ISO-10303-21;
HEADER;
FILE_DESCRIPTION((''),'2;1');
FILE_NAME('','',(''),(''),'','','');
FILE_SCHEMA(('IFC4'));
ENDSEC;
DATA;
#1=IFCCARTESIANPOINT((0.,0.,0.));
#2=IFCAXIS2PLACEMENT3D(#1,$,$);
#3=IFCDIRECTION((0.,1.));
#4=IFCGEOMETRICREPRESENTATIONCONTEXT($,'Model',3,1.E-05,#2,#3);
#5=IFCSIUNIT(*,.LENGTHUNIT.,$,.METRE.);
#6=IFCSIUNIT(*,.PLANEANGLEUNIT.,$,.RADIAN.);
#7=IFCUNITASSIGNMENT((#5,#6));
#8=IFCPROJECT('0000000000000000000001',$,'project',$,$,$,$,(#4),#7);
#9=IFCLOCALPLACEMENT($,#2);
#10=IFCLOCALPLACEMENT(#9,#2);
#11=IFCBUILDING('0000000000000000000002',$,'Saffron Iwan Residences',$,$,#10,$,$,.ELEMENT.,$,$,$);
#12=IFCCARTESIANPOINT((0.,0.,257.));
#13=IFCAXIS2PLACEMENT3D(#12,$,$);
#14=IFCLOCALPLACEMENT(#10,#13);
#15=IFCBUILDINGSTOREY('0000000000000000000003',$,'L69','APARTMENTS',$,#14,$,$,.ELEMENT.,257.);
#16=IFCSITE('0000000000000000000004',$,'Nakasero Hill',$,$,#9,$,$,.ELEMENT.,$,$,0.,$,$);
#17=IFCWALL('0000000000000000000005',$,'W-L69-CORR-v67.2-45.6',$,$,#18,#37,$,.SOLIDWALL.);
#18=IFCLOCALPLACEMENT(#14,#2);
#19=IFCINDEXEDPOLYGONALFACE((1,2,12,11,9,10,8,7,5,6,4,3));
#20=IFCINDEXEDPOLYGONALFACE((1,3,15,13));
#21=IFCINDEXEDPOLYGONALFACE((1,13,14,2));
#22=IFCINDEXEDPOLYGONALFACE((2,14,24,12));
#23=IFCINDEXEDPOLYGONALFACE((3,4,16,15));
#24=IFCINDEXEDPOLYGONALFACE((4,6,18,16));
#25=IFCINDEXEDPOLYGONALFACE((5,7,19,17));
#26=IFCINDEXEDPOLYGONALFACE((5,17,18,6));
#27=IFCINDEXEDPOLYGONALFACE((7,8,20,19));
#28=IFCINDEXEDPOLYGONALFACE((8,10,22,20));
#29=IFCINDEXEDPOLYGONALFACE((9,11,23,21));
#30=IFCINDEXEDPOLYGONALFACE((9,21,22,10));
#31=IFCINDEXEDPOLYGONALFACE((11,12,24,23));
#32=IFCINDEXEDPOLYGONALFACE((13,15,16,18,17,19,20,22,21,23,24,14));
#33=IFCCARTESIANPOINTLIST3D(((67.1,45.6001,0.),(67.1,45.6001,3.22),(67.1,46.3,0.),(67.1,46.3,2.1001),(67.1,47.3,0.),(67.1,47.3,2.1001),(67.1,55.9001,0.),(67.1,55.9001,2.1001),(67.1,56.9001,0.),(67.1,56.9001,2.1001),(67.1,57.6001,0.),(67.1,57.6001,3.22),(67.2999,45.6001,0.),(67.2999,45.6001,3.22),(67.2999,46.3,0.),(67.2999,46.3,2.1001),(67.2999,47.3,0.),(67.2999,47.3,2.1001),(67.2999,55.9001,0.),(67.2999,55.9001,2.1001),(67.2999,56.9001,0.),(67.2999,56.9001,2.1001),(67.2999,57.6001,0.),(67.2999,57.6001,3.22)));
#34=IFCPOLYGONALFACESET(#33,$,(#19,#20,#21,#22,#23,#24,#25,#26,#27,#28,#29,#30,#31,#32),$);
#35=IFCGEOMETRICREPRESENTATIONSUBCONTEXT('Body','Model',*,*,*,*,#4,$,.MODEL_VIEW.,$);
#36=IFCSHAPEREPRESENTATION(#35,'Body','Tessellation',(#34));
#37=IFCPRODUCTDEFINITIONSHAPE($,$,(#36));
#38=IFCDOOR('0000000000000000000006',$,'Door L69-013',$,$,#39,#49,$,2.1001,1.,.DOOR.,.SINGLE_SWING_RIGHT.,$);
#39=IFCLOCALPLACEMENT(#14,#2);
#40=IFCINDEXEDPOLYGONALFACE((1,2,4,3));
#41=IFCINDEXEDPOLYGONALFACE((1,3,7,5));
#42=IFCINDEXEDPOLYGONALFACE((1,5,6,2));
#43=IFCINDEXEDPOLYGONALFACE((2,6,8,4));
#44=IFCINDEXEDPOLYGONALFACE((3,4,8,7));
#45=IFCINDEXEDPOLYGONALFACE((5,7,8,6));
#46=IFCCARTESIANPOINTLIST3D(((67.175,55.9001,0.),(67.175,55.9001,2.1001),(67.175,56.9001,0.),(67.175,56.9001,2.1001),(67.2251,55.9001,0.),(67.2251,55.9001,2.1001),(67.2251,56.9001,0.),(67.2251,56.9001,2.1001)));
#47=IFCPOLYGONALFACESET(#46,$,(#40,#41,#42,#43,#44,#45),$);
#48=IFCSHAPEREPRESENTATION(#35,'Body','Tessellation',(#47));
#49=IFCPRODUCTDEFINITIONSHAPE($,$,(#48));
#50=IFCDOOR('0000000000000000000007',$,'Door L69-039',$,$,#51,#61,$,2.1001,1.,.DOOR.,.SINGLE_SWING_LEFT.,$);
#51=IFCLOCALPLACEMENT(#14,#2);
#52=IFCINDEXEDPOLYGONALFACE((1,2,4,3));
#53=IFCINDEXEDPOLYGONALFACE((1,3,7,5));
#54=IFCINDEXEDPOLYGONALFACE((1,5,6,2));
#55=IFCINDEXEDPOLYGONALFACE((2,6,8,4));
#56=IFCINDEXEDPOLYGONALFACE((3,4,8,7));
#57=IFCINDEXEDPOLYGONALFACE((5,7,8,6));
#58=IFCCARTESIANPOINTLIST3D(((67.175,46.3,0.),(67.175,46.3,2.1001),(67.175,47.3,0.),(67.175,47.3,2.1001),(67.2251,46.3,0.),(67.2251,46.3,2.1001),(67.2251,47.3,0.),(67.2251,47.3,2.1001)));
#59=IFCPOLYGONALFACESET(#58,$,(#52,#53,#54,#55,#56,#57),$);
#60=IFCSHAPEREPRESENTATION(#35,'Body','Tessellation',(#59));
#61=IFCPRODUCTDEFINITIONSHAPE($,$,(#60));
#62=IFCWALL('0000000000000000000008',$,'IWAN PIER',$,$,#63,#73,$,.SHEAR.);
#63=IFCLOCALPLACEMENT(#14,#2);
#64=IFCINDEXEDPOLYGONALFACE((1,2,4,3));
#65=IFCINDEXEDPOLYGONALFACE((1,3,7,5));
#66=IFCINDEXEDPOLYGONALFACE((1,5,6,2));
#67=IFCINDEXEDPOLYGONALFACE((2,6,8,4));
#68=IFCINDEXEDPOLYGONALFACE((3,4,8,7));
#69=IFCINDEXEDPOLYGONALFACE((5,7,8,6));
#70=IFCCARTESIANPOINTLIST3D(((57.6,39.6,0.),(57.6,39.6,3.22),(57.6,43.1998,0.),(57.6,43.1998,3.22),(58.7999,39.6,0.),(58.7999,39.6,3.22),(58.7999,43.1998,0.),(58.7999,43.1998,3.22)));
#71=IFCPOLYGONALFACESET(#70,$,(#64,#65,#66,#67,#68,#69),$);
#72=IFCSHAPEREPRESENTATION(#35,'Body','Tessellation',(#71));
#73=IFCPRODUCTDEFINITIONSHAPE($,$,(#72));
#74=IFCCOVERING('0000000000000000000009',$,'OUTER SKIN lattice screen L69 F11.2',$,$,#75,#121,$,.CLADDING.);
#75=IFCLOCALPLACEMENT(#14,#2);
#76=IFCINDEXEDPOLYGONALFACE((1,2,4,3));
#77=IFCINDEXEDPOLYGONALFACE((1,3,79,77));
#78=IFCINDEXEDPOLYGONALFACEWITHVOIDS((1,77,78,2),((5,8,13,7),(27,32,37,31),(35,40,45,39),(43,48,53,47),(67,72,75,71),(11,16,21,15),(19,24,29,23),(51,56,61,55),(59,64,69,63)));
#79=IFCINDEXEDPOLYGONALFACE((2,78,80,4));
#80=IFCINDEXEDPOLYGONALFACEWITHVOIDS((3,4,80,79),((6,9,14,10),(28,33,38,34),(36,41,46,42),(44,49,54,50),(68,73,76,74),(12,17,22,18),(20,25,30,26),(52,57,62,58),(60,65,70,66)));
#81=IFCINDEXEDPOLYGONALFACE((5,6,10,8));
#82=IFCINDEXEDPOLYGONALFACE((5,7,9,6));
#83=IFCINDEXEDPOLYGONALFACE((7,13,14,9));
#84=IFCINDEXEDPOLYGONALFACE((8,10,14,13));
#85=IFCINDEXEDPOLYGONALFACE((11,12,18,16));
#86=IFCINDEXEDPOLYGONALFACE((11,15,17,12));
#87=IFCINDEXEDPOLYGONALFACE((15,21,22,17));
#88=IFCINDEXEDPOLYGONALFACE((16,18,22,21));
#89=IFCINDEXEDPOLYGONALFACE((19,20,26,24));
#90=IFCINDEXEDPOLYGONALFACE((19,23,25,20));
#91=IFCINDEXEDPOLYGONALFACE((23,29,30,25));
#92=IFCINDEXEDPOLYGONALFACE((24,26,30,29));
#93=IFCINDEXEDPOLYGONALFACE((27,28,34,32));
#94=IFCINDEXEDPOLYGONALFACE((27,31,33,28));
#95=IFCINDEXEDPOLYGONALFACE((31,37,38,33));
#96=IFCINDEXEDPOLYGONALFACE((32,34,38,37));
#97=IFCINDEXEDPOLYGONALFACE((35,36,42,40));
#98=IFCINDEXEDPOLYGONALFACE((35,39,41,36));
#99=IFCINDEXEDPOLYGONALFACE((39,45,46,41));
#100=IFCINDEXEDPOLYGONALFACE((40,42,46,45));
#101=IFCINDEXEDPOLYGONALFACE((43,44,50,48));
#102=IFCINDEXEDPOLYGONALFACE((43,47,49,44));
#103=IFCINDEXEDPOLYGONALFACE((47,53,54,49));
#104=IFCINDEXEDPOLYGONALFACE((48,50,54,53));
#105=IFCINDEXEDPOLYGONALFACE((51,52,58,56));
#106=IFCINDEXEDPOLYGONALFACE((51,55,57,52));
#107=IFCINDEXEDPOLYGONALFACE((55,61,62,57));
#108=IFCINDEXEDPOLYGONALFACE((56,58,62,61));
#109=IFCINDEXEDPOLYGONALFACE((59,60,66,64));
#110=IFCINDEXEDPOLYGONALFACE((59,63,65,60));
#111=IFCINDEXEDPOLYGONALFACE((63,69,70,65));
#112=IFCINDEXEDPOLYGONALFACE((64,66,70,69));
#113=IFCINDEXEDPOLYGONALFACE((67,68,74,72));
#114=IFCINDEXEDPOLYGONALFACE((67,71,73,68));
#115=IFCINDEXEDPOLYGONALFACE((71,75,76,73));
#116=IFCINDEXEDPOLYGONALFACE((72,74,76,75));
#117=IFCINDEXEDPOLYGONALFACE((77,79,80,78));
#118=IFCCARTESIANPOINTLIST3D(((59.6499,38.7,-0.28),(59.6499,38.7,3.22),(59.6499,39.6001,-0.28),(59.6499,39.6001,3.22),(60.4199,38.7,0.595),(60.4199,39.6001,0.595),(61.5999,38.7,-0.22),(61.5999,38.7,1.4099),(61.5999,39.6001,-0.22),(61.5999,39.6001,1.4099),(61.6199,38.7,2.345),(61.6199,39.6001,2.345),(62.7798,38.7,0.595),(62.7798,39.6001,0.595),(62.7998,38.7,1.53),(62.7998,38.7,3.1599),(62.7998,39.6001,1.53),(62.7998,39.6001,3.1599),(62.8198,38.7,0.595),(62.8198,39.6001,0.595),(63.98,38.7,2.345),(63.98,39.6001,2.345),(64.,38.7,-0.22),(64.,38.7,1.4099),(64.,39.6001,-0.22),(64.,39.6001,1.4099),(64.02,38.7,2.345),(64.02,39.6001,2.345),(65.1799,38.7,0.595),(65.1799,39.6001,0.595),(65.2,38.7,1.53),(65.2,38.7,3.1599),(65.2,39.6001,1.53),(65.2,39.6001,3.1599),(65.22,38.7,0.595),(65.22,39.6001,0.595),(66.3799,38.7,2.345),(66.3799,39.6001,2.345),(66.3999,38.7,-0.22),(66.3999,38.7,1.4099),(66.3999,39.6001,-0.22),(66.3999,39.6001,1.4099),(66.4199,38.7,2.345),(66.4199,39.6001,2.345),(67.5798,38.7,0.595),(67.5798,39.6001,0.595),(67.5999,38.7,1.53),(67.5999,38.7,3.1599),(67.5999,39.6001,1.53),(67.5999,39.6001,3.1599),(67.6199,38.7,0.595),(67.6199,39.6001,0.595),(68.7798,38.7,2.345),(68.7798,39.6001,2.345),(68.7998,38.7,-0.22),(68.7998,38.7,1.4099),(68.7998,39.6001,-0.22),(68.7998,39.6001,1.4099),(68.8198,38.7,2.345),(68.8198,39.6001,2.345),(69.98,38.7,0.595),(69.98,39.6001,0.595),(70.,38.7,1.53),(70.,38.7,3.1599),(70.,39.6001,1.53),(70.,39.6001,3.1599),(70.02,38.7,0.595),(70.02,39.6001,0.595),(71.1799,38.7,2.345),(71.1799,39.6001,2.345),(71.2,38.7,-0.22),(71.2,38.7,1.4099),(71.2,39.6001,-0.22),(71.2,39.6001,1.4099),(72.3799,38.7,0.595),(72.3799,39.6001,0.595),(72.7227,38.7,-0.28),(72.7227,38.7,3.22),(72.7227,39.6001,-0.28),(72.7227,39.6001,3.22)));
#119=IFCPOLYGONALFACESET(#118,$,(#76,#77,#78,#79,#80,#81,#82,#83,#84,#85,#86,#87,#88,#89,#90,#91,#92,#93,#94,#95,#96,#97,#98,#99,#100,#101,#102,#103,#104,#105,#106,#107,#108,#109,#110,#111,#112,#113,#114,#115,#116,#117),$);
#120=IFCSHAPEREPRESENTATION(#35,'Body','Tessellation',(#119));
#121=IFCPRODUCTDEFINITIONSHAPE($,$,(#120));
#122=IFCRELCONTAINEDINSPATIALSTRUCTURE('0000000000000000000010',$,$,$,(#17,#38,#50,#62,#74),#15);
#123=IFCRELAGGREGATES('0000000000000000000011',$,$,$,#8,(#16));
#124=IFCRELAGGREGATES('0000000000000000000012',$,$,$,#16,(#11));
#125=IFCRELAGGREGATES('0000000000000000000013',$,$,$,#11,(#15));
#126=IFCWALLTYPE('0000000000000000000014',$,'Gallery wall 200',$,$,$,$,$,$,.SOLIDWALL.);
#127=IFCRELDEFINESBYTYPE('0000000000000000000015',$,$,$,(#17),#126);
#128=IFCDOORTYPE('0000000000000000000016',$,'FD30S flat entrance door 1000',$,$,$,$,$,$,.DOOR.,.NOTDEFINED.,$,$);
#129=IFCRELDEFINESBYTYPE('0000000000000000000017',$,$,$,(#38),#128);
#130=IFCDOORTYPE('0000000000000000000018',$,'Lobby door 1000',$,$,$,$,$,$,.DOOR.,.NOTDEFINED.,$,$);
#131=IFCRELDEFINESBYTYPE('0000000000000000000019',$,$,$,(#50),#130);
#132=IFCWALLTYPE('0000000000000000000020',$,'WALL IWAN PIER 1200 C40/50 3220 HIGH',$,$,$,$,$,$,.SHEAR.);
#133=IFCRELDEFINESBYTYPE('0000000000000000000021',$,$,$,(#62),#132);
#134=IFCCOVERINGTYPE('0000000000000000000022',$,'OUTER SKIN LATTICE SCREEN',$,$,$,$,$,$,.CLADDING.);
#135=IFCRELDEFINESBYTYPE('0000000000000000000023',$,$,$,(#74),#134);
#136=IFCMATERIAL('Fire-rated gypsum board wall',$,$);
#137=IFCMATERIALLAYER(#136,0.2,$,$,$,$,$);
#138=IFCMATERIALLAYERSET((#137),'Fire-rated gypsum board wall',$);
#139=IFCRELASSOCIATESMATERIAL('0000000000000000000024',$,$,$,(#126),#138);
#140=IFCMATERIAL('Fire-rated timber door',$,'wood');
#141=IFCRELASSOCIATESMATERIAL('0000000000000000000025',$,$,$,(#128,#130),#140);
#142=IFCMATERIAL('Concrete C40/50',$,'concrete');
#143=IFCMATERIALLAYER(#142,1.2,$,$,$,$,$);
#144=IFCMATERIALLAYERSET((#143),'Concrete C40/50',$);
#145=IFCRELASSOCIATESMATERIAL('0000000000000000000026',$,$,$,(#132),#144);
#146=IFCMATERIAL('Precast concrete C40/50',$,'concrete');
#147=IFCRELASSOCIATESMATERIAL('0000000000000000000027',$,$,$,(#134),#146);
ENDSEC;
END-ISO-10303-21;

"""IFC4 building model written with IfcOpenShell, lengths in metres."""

from ifc_helpers import new_model, si_unit, direction, frame, frame_2d, origin, place, context, subcontext, project, spatial, polyline, rectangle, outline, extrude, material, layer, layer_set, type_object, element, fill, save


model = new_model("IFC4")

# Units and contexts
model_context = context("Model", 3, precision=1e-05, world=origin(), true_north=direction((0.0, 1.0)))
body_context = subcontext(model_context, "Body", "Model", "MODEL_VIEW")
ifc_project = project(units=[si_unit("LENGTHUNIT", "METRE"), si_unit("PLANEANGLEUNIT", "RADIAN")], contexts=[model_context])

# Site, building, storey
site_placement = place(None, origin())
site = spatial("IfcSite", under=ifc_project, at=site_placement, Name="Nakasero Hill", CompositionType="ELEMENT", RefElevation=0.0)
building_placement = place(site_placement, origin())
building = spatial("IfcBuilding", under=site, at=building_placement, Name="Saffron Iwan Residences", CompositionType="ELEMENT")
storey_placement = place(building_placement, frame((0.0, 0.0, 257.0)))
storey = spatial("IfcBuildingStorey", under=building, at=storey_placement, Name="L69", Description="APARTMENTS", CompositionType="ELEMENT", Elevation=257.0)

# Shared definitions
ifc_material_1 = material(Name="Concrete C40/50", Category="concrete")

# Shared definitions
ifc_material_2 = material(Name="Fire-rated gypsum board wall")
ifc_layer_1 = layer(ifc_material_2, 0.2)
ifc_layer_set_1 = layer_set([ifc_layer_1], Name="Fire-rated gypsum board wall")
wall_type_1 = type_object("IfcWallType", Name="Gallery wall 200", PredefinedType="SOLIDWALL", material=ifc_layer_set_1)

# Wall, openings, doors
wall_1_placement = place(storey_placement, frame((67.2, 45.6001, 0.0), z_axis=(0.0, 0.0, 1.0), x_axis=(0.0, 1.0, 0.0)))
wall_1 = element("IfcWall", 1, at=wall_1_placement, inside=storey, type_object=wall_type_1, Name="W-L69-CORR-v67.2-45.6", PredefinedType="SOLIDWALL", context=body_context, shape_type="SweptSolid", body=[
    extrude(rectangle(XDim=12.0, YDim=0.2, at=frame_2d((6.0, 0.0))), origin(), (0.0, 0.0, 1.0), 3.22),
])
opening_1_placement = place(wall_1_placement, frame((10.3, 0.0, 0.0)))
opening_1 = element("IfcOpeningElement", 2, at=opening_1_placement, cuts=wall_1, PredefinedType="OPENING", context=body_context, shape_type="SweptSolid", body=[
    extrude(rectangle(XDim=1.0, YDim=2.1001, at=frame_2d((0.5, 1.05))), frame((0.0, 0.1099, 0.0), z_axis=(0.0, -1.0, 0.0), x_axis=(1.0, 0.0, 0.0)), (0.0, 0.0, 1.0), 0.22),
])
opening_2_placement = place(wall_1_placement, frame((0.7, 0.0, 0.0)))
opening_2 = element("IfcOpeningElement", 3, at=opening_2_placement, cuts=wall_1, PredefinedType="OPENING", context=body_context, shape_type="SweptSolid", body=[
    extrude(rectangle(XDim=1.0, YDim=2.1001, at=frame_2d((0.5, 1.05))), frame((0.0, 0.1099, 0.0), z_axis=(0.0, -1.0, 0.0), x_axis=(1.0, 0.0, 0.0)), (0.0, 0.0, 1.0), 0.22),
])
ifc_material_3 = material(Name="Fire-rated timber door", Category="wood")
door_type_1 = type_object("IfcDoorType", Name="FD30S flat entrance door 1000", OperationType="NOTDEFINED", PredefinedType="DOOR", material=ifc_material_3)
door_1_placement = place(opening_1_placement, origin())
door_1 = element("IfcDoor", 4, at=door_1_placement, inside=storey, type_object=door_type_1, Name="Door L69-013", OperationType="SINGLE_SWING_RIGHT", OverallHeight=2.1001, OverallWidth=1.0, PredefinedType="DOOR", context=body_context, shape_type="SweptSolid", body=[
    extrude(rectangle(XDim=1.0, YDim=2.1001, at=frame_2d((0.5, 1.05))), frame((0.0, 0.0249, 0.0), z_axis=(0.0, -1.0, 0.0), x_axis=(1.0, 0.0, 0.0)), (0.0, 0.0, 1.0), 0.05),
])
fill(opening_1, door_1)
door_type_2 = type_object("IfcDoorType", Name="Lobby door 1000", OperationType="NOTDEFINED", PredefinedType="DOOR", material=ifc_material_3)
door_2_placement = place(opening_2_placement, origin())
door_2 = element("IfcDoor", 5, at=door_2_placement, inside=storey, type_object=door_type_2, Name="Door L69-039", OperationType="SINGLE_SWING_LEFT", OverallHeight=2.1001, OverallWidth=1.0, PredefinedType="DOOR", context=body_context, shape_type="SweptSolid", body=[
    extrude(rectangle(XDim=1.0, YDim=2.1001, at=frame_2d((0.5, 1.05))), frame((0.0, 0.0249, 0.0), z_axis=(0.0, -1.0, 0.0), x_axis=(1.0, 0.0, 0.0)), (0.0, 0.0, 1.0), 0.05),
])
fill(opening_2, door_2)

# Wall
ifc_layer_2 = layer(ifc_material_1, 1.2)
ifc_layer_set_2 = layer_set([ifc_layer_2], Name="Concrete C40/50")
wall_type_2 = type_object("IfcWallType", Name="WALL IWAN PIER 1200 C40/50 3220 HIGH", PredefinedType="SHEAR", material=ifc_layer_set_2)
wall_2_placement = place(storey_placement, frame((58.2, 39.6001, 0.0), z_axis=(0.0, 0.0, 1.0), x_axis=(0.0, 1.0, 0.0)))
element("IfcWall", 6, at=wall_2_placement, inside=storey, type_object=wall_type_2, Name="IWAN PIER", PredefinedType="SHEAR", context=body_context, shape_type="SweptSolid", body=[
    extrude(rectangle(XDim=3.5999, YDim=1.2, at=frame_2d((1.7998, 0.0))), origin(), (0.0, 0.0, 1.0), 3.22),
])

# Covering
ifc_material_4 = material(Name="Precast concrete C40/50", Category="concrete")
covering_type = type_object("IfcCoveringType", Name="OUTER SKIN LATTICE SCREEN", PredefinedType="CLADDING", material=ifc_material_4)
covering_placement = place(storey_placement, frame((59.6499, 39.6001, -0.28), z_axis=(0.0, -1.0, 0.0), x_axis=(1.0, 0.0, 0.0)))
element("IfcCovering", 7, at=covering_placement, inside=storey, type_object=covering_type, Name="OUTER SKIN lattice screen L69 F11.2", PredefinedType="CLADDING", context=body_context, shape_type="SweptSolid", body=[
    extrude(outline(polyline([(0.0, 0.0), (13.0728, 0.0), (13.0728, 3.5), (0.0, 3.5), (0.0, 0.0)]), holes=[polyline([(0.77, 0.875), (1.95, 0.0601), (3.1299, 0.875), (1.95, 1.6899), (0.77, 0.875)]), polyline([(3.1699, 0.875), (4.3501, 0.0601), (5.53, 0.875), (4.3501, 1.6899), (3.1699, 0.875)]), polyline([(5.5701, 0.875), (6.75, 0.0601), (7.9299, 0.875), (6.75, 1.6899), (5.5701, 0.875)]), polyline([(7.97, 0.875), (9.1499, 0.0601), (10.3301, 0.875), (9.1499, 1.6899), (7.97, 0.875)]), polyline([(10.3701, 0.875), (11.55, 0.0601), (12.73, 0.875), (11.55, 1.6899), (10.3701, 0.875)]), polyline([(1.97, 2.625), (3.1499, 1.8101), (4.3301, 2.625), (3.1499, 3.4399), (1.97, 2.625)]), polyline([(4.3701, 2.625), (5.55, 1.8101), (6.73, 2.625), (5.55, 3.4399), (4.3701, 2.625)]), polyline([(6.77, 2.625), (7.95, 1.8101), (9.1299, 2.625), (7.95, 3.4399), (6.77, 2.625)]), polyline([(9.1699, 2.625), (10.3501, 1.8101), (11.53, 2.625), (10.3501, 3.4399), (9.1699, 2.625)])]), origin(), (0.0, 0.0, 1.0), 0.9001),
])

save(model, "model.ifc")
